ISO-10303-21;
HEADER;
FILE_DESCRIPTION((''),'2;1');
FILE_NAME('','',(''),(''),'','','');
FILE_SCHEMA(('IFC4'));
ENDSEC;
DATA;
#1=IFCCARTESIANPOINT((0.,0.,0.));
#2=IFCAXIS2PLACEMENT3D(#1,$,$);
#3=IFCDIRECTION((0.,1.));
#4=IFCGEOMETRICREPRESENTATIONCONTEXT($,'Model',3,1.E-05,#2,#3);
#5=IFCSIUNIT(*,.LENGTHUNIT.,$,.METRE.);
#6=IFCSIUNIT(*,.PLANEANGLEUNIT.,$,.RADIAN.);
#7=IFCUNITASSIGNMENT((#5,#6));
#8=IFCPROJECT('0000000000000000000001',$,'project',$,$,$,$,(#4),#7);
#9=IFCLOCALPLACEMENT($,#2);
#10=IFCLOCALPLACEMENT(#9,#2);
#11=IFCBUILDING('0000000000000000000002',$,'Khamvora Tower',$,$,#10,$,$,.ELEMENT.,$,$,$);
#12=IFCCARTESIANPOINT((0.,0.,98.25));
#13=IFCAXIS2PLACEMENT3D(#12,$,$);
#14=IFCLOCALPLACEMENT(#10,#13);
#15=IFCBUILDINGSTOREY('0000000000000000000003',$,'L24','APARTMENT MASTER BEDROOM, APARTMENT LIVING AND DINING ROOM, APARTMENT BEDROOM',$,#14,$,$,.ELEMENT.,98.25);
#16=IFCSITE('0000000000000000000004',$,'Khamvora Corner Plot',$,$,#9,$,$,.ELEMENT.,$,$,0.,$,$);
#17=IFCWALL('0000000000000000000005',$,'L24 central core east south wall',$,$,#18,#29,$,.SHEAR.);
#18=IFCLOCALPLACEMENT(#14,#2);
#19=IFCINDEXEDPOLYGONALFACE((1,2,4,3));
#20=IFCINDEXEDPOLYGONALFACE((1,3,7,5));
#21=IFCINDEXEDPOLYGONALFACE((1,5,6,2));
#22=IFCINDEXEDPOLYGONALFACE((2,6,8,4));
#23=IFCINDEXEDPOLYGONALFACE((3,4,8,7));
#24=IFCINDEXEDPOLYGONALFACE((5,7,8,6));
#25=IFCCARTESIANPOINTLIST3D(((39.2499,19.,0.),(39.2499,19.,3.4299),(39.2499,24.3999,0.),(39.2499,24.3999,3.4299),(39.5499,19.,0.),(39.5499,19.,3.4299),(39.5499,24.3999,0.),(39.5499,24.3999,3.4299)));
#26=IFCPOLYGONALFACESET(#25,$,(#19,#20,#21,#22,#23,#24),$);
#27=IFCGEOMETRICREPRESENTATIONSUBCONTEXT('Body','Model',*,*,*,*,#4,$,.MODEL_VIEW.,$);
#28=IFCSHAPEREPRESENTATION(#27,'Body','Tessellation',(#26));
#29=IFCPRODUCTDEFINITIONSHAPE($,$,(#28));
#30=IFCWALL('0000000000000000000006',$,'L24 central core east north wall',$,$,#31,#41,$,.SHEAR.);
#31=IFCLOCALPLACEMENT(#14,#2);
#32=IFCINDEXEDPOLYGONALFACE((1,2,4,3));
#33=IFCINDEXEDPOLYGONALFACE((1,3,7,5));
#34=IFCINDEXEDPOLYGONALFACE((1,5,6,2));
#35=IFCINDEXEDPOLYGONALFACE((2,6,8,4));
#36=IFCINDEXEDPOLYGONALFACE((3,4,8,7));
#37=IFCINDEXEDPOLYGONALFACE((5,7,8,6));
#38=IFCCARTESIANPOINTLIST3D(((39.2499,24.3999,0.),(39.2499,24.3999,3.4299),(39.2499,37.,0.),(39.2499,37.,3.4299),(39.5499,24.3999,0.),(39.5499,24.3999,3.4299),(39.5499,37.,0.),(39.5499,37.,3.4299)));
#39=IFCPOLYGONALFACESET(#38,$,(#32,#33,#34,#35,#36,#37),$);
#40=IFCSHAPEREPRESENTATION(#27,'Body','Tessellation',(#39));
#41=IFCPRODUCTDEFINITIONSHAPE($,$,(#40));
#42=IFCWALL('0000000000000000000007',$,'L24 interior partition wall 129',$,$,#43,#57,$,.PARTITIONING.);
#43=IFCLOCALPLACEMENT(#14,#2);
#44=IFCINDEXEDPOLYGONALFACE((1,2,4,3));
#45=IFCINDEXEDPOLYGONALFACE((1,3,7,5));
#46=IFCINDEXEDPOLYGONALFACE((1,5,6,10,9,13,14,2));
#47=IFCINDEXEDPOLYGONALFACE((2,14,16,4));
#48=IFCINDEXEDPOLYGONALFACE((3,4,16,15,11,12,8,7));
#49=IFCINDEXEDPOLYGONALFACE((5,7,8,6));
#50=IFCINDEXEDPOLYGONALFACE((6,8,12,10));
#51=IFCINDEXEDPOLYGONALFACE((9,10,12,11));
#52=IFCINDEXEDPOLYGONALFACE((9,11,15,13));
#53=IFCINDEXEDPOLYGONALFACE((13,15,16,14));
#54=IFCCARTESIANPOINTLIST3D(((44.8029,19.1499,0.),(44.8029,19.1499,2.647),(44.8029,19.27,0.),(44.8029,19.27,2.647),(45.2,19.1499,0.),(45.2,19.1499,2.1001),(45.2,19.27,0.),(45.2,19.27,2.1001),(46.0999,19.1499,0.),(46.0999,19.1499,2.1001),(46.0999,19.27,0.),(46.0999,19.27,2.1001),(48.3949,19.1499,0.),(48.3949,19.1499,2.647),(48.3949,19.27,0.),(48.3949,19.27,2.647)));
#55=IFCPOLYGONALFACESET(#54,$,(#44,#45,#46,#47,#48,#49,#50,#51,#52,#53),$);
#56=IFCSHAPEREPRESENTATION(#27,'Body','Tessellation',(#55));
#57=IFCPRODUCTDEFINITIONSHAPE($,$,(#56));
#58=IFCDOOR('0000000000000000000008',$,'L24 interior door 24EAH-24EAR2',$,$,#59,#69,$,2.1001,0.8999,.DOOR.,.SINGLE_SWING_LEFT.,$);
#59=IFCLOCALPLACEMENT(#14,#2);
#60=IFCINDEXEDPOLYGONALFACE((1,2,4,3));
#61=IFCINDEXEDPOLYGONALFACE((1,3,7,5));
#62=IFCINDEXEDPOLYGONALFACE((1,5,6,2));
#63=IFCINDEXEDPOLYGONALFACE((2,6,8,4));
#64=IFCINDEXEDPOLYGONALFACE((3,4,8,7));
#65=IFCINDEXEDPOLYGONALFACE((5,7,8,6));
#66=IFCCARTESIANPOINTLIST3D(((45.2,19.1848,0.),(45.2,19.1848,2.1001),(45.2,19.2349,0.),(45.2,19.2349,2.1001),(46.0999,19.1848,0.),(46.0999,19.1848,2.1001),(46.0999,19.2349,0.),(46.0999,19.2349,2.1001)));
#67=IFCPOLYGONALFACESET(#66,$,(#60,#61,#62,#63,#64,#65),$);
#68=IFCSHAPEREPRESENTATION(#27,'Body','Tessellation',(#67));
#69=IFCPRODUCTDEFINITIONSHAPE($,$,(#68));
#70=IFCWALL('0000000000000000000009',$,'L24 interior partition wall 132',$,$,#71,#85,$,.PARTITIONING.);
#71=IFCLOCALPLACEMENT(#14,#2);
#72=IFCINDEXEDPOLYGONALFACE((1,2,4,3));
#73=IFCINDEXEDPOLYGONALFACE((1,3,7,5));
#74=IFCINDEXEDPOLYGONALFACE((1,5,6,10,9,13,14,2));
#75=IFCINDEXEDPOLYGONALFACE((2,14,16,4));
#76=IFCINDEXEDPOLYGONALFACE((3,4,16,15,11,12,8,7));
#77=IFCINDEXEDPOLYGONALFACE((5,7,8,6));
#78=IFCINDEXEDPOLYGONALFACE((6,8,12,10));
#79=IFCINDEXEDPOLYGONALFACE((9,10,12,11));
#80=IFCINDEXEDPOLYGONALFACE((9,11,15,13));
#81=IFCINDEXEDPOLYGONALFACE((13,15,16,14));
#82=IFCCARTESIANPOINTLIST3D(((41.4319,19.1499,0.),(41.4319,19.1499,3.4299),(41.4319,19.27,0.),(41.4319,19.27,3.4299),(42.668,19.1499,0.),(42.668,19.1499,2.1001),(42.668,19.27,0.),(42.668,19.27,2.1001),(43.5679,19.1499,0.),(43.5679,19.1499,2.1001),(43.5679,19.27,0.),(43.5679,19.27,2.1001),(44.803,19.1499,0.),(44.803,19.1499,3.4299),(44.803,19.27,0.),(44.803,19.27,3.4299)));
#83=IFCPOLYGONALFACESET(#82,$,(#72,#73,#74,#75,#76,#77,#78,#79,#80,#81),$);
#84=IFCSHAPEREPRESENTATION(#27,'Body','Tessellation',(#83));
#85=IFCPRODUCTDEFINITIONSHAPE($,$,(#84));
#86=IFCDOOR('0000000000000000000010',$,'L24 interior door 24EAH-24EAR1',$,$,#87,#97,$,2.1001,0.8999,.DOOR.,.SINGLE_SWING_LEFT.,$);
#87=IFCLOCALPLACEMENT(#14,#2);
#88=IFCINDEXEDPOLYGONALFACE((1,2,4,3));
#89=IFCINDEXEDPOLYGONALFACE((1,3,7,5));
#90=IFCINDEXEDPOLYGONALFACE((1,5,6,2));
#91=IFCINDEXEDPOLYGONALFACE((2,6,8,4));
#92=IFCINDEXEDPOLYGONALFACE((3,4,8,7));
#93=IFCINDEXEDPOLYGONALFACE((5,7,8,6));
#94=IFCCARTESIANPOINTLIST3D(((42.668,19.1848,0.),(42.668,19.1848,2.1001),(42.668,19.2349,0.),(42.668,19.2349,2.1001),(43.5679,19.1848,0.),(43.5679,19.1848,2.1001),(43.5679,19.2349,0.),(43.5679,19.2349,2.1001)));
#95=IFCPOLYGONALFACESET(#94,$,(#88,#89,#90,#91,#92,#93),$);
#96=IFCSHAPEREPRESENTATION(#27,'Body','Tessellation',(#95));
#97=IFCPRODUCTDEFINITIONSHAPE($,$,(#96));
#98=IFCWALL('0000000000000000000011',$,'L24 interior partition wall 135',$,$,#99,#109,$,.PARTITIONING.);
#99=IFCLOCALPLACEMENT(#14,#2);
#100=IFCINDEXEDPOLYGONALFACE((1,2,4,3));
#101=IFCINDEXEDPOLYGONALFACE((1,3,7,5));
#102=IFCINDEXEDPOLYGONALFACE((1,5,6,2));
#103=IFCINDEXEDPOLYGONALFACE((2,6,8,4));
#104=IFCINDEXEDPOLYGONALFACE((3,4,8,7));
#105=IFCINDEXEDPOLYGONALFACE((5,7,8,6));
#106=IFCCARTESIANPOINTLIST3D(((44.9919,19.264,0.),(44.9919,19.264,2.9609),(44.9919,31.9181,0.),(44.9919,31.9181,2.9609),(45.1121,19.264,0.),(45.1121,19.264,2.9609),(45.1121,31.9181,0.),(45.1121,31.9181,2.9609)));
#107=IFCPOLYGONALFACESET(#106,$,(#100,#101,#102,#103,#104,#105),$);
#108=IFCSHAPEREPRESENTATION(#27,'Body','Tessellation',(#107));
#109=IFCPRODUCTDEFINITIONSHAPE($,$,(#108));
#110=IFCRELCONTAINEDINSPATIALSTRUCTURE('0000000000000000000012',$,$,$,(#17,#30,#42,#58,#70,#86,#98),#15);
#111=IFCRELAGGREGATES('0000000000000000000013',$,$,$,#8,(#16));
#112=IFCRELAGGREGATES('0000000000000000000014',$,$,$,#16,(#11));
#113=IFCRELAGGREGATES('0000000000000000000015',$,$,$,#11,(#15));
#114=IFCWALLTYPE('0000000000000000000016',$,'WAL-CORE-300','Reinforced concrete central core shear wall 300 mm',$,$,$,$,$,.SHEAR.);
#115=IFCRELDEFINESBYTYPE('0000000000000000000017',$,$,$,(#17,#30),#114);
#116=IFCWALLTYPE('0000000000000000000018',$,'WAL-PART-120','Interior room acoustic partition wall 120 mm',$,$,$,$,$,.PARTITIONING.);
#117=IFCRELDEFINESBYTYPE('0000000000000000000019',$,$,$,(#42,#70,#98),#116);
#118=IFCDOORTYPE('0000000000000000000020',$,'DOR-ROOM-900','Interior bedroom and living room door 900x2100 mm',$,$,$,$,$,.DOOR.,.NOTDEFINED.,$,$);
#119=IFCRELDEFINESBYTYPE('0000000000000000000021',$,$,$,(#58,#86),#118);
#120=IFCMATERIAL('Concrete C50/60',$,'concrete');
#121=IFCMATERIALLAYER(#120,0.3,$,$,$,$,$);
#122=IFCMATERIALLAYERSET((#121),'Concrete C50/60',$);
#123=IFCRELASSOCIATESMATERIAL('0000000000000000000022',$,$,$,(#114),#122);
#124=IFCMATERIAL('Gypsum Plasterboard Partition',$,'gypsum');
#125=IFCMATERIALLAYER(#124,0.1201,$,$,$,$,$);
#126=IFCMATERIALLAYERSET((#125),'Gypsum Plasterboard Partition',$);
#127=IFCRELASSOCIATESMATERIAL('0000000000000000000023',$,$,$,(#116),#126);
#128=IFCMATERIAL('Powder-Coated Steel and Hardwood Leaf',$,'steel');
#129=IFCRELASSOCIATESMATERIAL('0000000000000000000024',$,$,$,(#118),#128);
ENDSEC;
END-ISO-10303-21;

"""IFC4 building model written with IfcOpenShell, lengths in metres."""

from ifc_helpers import new_model, si_unit, direction, frame, frame_2d, origin, place, context, subcontext, project, spatial, rectangle, extrude, material, layer, layer_set, type_object, element, fill, save


model = new_model("IFC4")

# Units and contexts
model_context = context("Model", 3, precision=1e-05, world=origin(), true_north=direction((0.0, 1.0)))
body_context = subcontext(model_context, "Body", "Model", "MODEL_VIEW")
ifc_project = project(units=[si_unit("LENGTHUNIT", "METRE"), si_unit("PLANEANGLEUNIT", "RADIAN")], contexts=[model_context])

# Site, building, storey
site_placement = place(None, origin())
site = spatial("IfcSite", under=ifc_project, at=site_placement, Name="Khamvora Corner Plot", CompositionType="ELEMENT", RefElevation=0.0)
building_placement = place(site_placement, origin())
building = spatial("IfcBuilding", under=site, at=building_placement, Name="Khamvora Tower", CompositionType="ELEMENT")
storey_placement = place(building_placement, frame((0.0, 0.0, 98.25)))
storey = spatial("IfcBuildingStorey", under=building, at=storey_placement, Name="L24", Description="APARTMENT MASTER BEDROOM, APARTMENT LIVING AND DINING ROOM, APARTMENT BEDROOM", CompositionType="ELEMENT", Elevation=98.25)

# Walls
ifc_material_1 = material(Name="Concrete C50/60", Category="concrete")
ifc_layer_1 = layer(ifc_material_1, 0.3)
ifc_layer_set_1 = layer_set([ifc_layer_1], Name="Concrete C50/60")
wall_type_1 = type_object("IfcWallType", Name="WAL-CORE-300", Description="Reinforced concrete central core shear wall 300 mm", PredefinedType="SHEAR", material=ifc_layer_set_1)
wall_1_placement = place(storey_placement, frame((39.3999, 19.0, 0.0), z_axis=(0.0, 0.0, 1.0), x_axis=(0.0, 1.0, 0.0)))
element("IfcWall", 1, at=wall_1_placement, inside=storey, type_object=wall_type_1, Name="L24 central core east south wall", PredefinedType="SHEAR", context=body_context, shape_type="SweptSolid", body=[
    extrude(rectangle(XDim=5.3999, YDim=0.3, at=frame_2d((2.7, 0.0))), origin(), (0.0, 0.0, 1.0), 3.4299),
])
wall_2_placement = place(storey_placement, frame((39.3999, 24.3999, 0.0), z_axis=(0.0, 0.0, 1.0), x_axis=(0.0, 1.0, 0.0)))
element("IfcWall", 2, at=wall_2_placement, inside=storey, type_object=wall_type_1, Name="L24 central core east north wall", PredefinedType="SHEAR", context=body_context, shape_type="SweptSolid", body=[
    extrude(rectangle(XDim=12.6001, YDim=0.3, at=frame_2d((6.3, 0.0))), origin(), (0.0, 0.0, 1.0), 3.4299),
])

# Walls, openings, doors
ifc_material_2 = material(Name="Powder-Coated Steel and Hardwood Leaf", Category="steel")
ifc_material_3 = material(Name="Gypsum Plasterboard Partition", Category="gypsum")
ifc_layer_2 = layer(ifc_material_3, 0.1201)
ifc_layer_set_2 = layer_set([ifc_layer_2], Name="Gypsum Plasterboard Partition")
wall_type_2 = type_object("IfcWallType", Name="WAL-PART-120", Description="Interior room acoustic partition wall 120 mm", PredefinedType="PARTITIONING", material=ifc_layer_set_2)
wall_3_placement = place(storey_placement, frame((44.803, 19.21, 0.0), z_axis=(0.0, 0.0, 1.0), x_axis=(1.0, 0.0, 0.0)))
wall_3 = element("IfcWall", 3, at=wall_3_placement, inside=storey, type_object=wall_type_2, Name="L24 interior partition wall 129", PredefinedType="PARTITIONING", context=body_context, shape_type="SweptSolid", body=[
    extrude(rectangle(XDim=3.592, YDim=0.1201, at=frame_2d((1.7959, 0.0))), origin(), (0.0, 0.0, 1.0), 2.647),
])
opening_1_placement = place(wall_3_placement, frame((0.397, 0.0, 0.0)))
opening_1 = element("IfcOpeningElement", 4, at=opening_1_placement, cuts=wall_3, PredefinedType="OPENING", context=body_context, shape_type="SweptSolid", body=[
    extrude(rectangle(XDim=0.8999, YDim=2.1001, at=frame_2d((0.45, 1.05))), frame((0.0, 0.0701, 0.0), z_axis=(0.0, -1.0, 0.0), x_axis=(1.0, 0.0, 0.0)), (0.0, 0.0, 1.0), 0.1401),
])
door_type_1 = type_object("IfcDoorType", Name="DOR-ROOM-900", Description="Interior bedroom and living room door 900x2100 mm", OperationType="NOTDEFINED", PredefinedType="DOOR", material=ifc_material_2)
door_1_placement = place(opening_1_placement, origin())
door_1 = element("IfcDoor", 5, at=door_1_placement, inside=storey, type_object=door_type_1, Name="L24 interior door 24EAH-24EAR2", OperationType="SINGLE_SWING_LEFT", OverallHeight=2.1001, OverallWidth=0.8999, PredefinedType="DOOR", context=body_context, shape_type="SweptSolid", body=[
    extrude(rectangle(XDim=0.8999, YDim=2.1001, at=frame_2d((0.45, 1.05))), frame((0.0, 0.0249, 0.0), z_axis=(0.0, -1.0, 0.0), x_axis=(1.0, 0.0, 0.0)), (0.0, 0.0, 1.0), 0.05),
])
fill(opening_1, door_1)
wall_4_placement = place(storey_placement, frame((41.4319, 19.21, 0.0), z_axis=(0.0, 0.0, 1.0), x_axis=(1.0, 0.0, 0.0)))
wall_4 = element("IfcWall", 6, at=wall_4_placement, inside=storey, type_object=wall_type_2, Name="L24 interior partition wall 132", PredefinedType="PARTITIONING", context=body_context, shape_type="SweptSolid", body=[
    extrude(rectangle(XDim=3.3711, YDim=0.1201, at=frame_2d((1.6855, 0.0))), origin(), (0.0, 0.0, 1.0), 3.4299),
])
opening_2_placement = place(wall_4_placement, frame((1.2361, 0.0, 0.0)))
opening_2 = element("IfcOpeningElement", 7, at=opening_2_placement, cuts=wall_4, PredefinedType="OPENING", context=body_context, shape_type="SweptSolid", body=[
    extrude(rectangle(XDim=0.8999, YDim=2.1001, at=frame_2d((0.45, 1.05))), frame((0.0, 0.0701, 0.0), z_axis=(0.0, -1.0, 0.0), x_axis=(1.0, 0.0, 0.0)), (0.0, 0.0, 1.0), 0.1401),
])
door_2_placement = place(opening_2_placement, origin())
door_2 = element("IfcDoor", 8, at=door_2_placement, inside=storey, type_object=door_type_1, Name="L24 interior door 24EAH-24EAR1", OperationType="SINGLE_SWING_LEFT", OverallHeight=2.1001, OverallWidth=0.8999, PredefinedType="DOOR", context=body_context, shape_type="SweptSolid", body=[
    extrude(rectangle(XDim=0.8999, YDim=2.1001, at=frame_2d((0.45, 1.05))), frame((0.0, 0.0249, 0.0), z_axis=(0.0, -1.0, 0.0), x_axis=(1.0, 0.0, 0.0)), (0.0, 0.0, 1.0), 0.05),
])
fill(opening_2, door_2)

# Wall
wall_5_placement = place(storey_placement, frame((45.052, 19.2639, 0.0), z_axis=(0.0, 0.0, 1.0), x_axis=(0.0, 1.0, 0.0)))
element("IfcWall", 9, at=wall_5_placement, inside=storey, type_object=wall_type_2, Name="L24 interior partition wall 135", PredefinedType="PARTITIONING", context=body_context, shape_type="SweptSolid", body=[
    extrude(rectangle(XDim=12.6541, YDim=0.1201, at=frame_2d((6.3271, 0.0))), origin(), (0.0, 0.0, 1.0), 2.9609),
])

save(model, "model.ifc")
